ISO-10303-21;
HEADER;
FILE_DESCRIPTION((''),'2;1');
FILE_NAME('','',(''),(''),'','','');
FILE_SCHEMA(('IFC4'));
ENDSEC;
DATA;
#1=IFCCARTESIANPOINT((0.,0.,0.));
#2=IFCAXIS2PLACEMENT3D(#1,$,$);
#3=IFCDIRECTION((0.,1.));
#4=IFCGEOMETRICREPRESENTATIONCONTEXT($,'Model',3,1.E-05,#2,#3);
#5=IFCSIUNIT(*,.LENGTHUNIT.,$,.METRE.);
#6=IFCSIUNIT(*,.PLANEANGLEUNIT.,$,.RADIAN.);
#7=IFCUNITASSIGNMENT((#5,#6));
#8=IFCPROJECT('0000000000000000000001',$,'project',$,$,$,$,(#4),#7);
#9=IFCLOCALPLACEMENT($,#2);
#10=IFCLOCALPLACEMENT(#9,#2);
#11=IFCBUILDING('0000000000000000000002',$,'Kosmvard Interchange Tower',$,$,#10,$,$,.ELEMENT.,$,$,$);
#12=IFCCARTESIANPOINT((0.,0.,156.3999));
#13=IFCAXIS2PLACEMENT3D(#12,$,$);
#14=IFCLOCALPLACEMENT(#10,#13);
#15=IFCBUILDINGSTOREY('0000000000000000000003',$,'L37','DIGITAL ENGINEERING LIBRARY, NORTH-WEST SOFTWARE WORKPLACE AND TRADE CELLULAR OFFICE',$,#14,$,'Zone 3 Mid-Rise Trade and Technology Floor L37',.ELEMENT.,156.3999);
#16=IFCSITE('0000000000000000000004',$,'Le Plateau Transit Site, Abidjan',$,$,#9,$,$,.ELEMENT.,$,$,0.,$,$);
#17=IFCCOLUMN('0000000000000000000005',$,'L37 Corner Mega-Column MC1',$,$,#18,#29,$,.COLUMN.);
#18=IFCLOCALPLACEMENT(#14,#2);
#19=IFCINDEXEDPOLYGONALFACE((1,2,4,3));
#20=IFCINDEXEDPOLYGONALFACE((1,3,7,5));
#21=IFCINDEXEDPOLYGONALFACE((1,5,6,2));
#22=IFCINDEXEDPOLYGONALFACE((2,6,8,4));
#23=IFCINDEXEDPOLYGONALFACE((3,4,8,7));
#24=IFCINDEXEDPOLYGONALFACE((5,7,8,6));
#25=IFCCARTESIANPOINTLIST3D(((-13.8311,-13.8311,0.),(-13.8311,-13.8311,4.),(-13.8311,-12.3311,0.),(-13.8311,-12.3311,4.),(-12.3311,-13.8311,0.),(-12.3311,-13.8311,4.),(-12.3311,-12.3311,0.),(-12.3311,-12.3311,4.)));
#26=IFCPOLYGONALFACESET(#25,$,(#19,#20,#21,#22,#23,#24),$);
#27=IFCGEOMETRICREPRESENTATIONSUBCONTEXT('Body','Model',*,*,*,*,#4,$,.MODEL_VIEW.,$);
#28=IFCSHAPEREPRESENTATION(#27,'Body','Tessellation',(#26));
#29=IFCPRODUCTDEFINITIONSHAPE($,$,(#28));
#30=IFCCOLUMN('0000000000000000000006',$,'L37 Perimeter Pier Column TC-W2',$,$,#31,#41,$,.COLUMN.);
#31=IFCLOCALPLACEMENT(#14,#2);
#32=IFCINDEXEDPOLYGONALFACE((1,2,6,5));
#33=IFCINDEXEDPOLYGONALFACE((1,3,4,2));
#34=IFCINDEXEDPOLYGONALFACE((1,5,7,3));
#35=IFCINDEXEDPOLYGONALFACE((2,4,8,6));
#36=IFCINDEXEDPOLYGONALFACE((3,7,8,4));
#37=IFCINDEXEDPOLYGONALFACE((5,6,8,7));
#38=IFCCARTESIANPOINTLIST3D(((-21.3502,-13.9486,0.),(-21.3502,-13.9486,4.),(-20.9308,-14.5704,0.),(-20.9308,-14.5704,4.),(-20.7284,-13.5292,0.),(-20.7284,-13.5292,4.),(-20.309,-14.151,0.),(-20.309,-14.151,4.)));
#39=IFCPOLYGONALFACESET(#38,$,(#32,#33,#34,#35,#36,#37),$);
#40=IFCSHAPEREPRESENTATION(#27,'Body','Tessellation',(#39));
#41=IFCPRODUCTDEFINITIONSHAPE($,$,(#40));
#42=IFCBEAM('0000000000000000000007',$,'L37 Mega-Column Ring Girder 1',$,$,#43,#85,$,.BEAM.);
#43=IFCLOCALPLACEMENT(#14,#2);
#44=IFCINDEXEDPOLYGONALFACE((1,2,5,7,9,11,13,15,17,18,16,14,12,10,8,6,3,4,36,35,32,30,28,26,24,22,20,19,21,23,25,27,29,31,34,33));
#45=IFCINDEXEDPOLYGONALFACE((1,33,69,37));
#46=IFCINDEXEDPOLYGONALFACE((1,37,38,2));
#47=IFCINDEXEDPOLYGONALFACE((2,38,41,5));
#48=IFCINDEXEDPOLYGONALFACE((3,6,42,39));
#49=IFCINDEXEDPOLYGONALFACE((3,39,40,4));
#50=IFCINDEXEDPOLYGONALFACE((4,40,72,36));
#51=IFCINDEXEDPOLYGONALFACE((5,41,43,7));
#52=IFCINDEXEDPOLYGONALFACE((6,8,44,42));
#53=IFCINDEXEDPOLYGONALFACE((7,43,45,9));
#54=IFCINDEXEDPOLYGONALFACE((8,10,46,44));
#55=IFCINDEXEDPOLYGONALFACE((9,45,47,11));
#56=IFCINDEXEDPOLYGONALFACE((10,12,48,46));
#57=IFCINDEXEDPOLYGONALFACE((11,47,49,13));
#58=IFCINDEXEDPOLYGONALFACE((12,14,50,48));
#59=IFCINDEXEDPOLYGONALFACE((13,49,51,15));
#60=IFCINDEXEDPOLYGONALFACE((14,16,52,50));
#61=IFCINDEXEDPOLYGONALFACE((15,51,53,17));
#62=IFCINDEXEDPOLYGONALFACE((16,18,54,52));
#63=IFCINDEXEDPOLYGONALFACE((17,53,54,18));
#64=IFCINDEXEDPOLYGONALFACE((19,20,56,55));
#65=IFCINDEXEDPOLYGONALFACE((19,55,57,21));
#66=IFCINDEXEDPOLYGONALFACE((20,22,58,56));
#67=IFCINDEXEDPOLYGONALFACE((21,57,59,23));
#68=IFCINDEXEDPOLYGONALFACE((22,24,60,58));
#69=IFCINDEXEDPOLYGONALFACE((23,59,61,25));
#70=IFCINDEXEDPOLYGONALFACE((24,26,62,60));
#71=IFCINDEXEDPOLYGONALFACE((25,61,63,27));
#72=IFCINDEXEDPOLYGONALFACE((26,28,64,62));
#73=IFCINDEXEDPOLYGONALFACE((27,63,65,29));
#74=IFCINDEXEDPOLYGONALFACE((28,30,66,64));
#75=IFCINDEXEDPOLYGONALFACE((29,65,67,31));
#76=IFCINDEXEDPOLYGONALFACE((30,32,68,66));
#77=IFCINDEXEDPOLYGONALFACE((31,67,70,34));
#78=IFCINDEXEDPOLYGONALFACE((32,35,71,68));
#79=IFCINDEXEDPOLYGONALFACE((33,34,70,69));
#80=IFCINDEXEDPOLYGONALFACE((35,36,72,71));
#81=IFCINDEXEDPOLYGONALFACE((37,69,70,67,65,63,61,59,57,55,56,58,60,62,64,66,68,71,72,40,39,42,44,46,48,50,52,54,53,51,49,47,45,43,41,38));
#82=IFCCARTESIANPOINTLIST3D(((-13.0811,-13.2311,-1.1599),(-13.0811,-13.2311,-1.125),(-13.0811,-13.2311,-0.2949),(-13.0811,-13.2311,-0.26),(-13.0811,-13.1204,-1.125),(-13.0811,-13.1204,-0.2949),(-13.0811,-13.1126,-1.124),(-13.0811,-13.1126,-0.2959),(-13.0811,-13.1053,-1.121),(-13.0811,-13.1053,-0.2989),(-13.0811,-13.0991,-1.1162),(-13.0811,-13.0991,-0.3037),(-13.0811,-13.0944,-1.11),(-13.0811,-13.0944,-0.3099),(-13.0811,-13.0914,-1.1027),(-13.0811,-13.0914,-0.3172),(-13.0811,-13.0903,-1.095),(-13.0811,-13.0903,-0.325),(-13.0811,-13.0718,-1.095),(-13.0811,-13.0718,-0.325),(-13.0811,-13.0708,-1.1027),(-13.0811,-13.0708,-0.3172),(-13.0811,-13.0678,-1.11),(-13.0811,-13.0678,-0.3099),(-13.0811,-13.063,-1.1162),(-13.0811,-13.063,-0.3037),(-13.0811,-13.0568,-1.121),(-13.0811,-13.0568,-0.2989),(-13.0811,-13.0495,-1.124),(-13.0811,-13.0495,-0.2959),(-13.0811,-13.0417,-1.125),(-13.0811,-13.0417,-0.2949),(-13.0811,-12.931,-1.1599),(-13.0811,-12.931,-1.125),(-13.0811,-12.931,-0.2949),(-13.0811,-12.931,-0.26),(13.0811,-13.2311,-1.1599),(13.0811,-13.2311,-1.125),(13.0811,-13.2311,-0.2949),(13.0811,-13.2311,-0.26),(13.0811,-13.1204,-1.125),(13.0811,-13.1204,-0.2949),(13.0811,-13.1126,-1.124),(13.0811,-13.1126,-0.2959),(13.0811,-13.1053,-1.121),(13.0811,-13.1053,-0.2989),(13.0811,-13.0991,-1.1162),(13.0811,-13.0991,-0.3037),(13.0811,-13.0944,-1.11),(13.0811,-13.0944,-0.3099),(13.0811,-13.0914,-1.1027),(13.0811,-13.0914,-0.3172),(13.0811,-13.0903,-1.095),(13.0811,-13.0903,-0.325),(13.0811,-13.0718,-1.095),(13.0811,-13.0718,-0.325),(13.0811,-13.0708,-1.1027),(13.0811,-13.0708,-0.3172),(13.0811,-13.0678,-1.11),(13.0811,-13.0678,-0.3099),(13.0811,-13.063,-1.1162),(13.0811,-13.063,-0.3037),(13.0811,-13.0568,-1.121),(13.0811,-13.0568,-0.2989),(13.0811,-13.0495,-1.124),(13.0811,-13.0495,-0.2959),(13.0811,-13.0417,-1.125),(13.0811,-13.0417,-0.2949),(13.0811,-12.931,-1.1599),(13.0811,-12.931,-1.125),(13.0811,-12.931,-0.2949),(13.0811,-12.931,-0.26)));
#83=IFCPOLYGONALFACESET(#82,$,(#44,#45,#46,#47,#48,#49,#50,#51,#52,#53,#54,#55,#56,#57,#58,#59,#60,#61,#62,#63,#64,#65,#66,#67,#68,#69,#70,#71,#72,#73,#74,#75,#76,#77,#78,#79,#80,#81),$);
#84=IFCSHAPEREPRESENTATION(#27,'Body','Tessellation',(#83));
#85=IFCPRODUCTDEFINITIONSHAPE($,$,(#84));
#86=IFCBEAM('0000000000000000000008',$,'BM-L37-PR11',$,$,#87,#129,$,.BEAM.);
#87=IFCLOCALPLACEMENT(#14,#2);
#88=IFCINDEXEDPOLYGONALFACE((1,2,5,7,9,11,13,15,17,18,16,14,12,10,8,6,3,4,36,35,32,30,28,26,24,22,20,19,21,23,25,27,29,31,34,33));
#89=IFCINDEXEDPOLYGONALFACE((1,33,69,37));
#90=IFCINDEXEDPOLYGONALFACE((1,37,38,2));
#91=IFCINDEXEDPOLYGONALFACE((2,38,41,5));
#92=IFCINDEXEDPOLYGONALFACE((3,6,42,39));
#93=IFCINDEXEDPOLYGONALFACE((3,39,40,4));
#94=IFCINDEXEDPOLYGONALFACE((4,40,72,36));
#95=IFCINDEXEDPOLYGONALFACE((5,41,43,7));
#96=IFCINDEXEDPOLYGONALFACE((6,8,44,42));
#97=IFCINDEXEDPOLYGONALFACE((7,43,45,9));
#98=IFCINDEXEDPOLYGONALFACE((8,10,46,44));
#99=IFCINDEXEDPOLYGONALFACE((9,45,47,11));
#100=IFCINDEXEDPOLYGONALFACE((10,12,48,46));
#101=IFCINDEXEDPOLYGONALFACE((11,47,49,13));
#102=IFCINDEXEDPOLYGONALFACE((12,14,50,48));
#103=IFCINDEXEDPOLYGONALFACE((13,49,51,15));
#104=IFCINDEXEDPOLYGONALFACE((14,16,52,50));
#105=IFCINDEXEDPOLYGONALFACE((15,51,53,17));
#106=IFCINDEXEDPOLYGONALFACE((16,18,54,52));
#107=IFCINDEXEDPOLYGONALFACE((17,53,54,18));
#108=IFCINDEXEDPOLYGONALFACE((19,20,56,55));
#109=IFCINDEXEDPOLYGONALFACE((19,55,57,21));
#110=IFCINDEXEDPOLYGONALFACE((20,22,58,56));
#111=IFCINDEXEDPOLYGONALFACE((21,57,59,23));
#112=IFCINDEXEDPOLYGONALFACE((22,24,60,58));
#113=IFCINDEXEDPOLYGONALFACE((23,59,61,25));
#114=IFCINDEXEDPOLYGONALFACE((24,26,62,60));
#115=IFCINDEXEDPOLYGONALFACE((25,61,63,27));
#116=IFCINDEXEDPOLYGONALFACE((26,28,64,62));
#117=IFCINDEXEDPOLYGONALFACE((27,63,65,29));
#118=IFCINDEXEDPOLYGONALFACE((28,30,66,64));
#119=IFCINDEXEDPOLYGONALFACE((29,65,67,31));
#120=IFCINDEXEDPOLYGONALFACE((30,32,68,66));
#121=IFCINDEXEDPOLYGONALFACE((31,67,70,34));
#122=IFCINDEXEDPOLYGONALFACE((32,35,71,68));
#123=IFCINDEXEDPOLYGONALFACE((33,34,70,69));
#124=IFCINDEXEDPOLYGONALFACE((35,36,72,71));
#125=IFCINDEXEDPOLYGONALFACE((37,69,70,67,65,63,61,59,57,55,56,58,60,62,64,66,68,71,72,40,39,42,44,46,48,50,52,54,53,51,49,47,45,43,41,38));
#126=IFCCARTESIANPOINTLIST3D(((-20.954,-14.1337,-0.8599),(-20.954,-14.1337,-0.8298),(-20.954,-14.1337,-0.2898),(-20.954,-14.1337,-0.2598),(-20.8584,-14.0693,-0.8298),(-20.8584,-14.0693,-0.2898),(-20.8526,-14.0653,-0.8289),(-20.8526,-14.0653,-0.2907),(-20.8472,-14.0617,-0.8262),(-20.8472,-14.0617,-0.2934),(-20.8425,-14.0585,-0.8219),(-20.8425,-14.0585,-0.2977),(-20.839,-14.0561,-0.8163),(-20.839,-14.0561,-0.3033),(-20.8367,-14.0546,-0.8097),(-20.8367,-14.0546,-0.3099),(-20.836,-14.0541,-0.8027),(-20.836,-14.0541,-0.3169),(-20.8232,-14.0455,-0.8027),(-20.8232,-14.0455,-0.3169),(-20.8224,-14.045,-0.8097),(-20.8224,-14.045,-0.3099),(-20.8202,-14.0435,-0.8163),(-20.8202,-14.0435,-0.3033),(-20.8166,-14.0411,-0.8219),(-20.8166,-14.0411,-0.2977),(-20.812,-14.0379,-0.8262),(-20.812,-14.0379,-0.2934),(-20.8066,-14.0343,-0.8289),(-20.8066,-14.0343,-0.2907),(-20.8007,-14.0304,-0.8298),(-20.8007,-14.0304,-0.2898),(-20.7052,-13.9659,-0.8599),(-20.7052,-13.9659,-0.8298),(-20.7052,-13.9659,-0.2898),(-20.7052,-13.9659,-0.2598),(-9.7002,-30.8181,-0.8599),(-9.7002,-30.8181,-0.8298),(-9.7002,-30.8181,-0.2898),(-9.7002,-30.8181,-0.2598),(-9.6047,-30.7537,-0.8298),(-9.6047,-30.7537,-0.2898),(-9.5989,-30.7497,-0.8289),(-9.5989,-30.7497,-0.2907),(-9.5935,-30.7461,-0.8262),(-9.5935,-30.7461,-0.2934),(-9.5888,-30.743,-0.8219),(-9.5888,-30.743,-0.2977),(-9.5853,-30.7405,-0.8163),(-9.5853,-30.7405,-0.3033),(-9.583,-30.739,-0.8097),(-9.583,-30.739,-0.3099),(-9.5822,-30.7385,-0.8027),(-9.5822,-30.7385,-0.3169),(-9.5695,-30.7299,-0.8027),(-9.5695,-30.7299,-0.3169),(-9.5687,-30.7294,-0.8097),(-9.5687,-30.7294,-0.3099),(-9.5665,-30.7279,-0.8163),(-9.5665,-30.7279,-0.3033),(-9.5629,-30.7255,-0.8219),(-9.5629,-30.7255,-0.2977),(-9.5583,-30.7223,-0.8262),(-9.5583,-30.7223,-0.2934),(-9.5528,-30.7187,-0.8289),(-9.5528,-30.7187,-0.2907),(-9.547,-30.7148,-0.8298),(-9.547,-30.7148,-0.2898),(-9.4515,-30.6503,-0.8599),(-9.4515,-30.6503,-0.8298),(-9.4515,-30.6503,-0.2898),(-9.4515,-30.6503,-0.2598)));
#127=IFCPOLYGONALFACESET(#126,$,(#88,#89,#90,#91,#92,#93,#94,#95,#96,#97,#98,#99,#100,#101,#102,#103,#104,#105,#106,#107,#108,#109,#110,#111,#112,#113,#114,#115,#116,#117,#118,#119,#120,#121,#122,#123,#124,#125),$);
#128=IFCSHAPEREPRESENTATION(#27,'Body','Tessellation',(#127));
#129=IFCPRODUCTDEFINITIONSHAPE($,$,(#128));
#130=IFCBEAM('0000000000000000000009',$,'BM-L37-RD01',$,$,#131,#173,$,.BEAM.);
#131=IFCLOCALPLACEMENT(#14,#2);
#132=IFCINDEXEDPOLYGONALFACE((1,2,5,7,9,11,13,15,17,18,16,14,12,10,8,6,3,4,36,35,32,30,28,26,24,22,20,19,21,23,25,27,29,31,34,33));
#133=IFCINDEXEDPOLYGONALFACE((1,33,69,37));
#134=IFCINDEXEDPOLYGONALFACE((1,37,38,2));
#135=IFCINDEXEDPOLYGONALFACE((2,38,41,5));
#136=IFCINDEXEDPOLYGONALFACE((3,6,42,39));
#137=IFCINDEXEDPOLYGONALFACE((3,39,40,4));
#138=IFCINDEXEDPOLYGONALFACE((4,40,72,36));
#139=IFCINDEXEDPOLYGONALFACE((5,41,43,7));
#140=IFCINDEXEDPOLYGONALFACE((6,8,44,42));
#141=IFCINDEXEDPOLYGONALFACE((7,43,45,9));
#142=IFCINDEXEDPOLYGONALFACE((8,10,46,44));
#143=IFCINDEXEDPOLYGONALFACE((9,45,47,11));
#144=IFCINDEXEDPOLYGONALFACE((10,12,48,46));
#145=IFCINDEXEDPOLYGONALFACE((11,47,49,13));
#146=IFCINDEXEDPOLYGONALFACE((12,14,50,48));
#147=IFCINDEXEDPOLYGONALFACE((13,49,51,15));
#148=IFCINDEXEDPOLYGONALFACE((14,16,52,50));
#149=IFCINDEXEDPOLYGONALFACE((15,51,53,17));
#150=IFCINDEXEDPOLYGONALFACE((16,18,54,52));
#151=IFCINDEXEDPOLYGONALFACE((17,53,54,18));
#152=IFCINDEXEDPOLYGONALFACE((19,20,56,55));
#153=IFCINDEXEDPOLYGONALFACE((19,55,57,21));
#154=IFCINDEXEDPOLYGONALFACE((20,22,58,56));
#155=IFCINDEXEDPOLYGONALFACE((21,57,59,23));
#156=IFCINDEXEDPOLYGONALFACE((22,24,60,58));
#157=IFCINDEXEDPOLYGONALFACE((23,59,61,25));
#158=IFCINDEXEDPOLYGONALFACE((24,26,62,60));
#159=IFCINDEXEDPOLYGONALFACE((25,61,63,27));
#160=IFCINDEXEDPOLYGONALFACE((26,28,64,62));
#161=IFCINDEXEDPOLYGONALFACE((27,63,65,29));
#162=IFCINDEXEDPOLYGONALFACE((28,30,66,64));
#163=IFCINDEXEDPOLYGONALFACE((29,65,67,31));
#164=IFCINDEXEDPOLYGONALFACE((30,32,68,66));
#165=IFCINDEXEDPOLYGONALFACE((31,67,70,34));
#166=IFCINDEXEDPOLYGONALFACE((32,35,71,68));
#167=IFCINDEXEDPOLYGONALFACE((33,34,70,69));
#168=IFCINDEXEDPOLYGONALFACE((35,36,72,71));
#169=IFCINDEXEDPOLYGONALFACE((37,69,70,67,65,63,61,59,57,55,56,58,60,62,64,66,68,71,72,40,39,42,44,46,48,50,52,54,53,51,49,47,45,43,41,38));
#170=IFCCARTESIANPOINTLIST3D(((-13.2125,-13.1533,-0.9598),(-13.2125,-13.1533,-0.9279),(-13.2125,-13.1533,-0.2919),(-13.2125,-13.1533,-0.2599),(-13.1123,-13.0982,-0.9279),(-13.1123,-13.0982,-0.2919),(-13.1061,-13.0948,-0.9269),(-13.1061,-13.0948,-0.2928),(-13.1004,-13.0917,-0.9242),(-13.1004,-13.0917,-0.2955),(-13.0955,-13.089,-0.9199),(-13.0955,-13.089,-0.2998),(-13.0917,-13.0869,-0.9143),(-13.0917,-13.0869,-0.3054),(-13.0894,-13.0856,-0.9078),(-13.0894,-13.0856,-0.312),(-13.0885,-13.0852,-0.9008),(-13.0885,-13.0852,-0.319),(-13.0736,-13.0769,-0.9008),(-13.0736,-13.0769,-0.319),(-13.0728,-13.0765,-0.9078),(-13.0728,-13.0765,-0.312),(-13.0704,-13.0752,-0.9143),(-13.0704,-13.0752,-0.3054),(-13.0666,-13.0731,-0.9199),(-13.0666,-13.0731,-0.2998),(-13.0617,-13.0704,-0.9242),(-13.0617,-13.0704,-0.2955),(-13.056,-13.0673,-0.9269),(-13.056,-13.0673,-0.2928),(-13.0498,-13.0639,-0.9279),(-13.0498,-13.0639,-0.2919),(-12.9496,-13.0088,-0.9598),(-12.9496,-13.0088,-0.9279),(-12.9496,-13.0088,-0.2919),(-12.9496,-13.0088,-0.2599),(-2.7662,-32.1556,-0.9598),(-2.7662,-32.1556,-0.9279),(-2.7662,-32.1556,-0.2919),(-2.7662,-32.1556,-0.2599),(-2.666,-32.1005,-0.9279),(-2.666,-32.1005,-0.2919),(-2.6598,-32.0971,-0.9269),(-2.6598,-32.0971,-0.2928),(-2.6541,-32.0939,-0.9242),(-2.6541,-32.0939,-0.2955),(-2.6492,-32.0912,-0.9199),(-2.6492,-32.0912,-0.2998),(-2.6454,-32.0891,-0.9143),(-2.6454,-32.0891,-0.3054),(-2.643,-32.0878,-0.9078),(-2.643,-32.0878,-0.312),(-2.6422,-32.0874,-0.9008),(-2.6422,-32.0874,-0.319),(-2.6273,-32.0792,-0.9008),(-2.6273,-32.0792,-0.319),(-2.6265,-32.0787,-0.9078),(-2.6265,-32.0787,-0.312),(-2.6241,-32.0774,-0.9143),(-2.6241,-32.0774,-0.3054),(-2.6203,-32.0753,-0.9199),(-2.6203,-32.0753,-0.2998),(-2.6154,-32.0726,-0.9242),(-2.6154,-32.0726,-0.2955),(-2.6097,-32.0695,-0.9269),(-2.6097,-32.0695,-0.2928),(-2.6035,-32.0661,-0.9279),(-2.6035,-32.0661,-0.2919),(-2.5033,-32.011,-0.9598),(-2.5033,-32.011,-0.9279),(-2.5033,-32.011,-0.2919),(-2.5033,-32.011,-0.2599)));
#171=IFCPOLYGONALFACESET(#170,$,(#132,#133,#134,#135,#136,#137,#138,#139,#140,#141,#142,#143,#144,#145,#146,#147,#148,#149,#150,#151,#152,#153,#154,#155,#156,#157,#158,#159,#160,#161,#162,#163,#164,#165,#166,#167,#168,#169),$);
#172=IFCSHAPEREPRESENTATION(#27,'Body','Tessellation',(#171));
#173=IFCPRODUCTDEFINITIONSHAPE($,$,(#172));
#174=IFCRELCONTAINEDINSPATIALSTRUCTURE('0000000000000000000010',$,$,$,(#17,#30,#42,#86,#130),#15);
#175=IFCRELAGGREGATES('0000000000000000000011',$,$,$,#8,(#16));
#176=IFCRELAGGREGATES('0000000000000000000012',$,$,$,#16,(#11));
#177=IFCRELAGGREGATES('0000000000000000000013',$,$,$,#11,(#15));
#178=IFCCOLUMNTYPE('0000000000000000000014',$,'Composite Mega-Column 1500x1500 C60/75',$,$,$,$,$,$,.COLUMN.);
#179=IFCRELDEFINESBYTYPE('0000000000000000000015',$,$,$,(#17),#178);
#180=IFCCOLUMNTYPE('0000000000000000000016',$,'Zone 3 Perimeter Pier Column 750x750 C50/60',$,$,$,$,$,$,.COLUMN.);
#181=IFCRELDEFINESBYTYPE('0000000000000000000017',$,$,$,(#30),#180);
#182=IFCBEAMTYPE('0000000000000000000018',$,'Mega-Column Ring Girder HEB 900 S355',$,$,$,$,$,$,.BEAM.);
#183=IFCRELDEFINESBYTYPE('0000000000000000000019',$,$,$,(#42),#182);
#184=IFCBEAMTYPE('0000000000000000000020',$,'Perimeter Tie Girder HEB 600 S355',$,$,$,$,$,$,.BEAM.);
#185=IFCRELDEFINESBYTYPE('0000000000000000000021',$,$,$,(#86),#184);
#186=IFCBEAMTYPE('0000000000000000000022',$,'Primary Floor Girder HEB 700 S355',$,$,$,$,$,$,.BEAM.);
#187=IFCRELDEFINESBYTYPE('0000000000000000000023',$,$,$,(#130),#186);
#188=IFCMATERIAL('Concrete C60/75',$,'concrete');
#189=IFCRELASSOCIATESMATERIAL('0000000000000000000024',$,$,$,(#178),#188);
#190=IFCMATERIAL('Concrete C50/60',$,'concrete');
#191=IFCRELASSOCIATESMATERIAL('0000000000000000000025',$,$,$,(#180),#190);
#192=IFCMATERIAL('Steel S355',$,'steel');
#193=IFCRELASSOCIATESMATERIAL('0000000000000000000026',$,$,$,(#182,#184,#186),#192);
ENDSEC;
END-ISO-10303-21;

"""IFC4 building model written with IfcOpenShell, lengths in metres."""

from ifc_helpers import new_model, si_unit, direction, frame, origin, origin_2d, place, context, subcontext, project, spatial, rectangle, i_section, extrude, source, transform, mapped, material, material_profile, profile_set, type_object, element, save


model = new_model("IFC4")

# Units and contexts
model_context = context("Model", 3, precision=1e-05, world=origin(), true_north=direction((0.0, 1.0)))
body_context = subcontext(model_context, "Body", "Model", "MODEL_VIEW")
ifc_project = project(units=[si_unit("LENGTHUNIT", "METRE"), si_unit("PLANEANGLEUNIT", "RADIAN")], contexts=[model_context])

# Site, building, storey
site_placement = place(None, origin())
site = spatial("IfcSite", under=ifc_project, at=site_placement, Name="Le Plateau Transit Site, Abidjan", CompositionType="ELEMENT", RefElevation=0.0)
building_placement = place(site_placement, origin())
building = spatial("IfcBuilding", under=site, at=building_placement, Name="Kosmvard Interchange Tower", CompositionType="ELEMENT")
storey_placement = place(building_placement, frame((0.0, 0.0, 156.3999)))
storey = spatial("IfcBuildingStorey", under=building, at=storey_placement, Name="L37", Description="DIGITAL ENGINEERING LIBRARY, NORTH-WEST SOFTWARE WORKPLACE AND TRADE CELLULAR OFFICE", LongName="Zone 3 Mid-Rise Trade and Technology Floor L37", CompositionType="ELEMENT", Elevation=156.3999)

# Columns
ifc_material_1 = material(Name="Concrete C60/75", Category="concrete")
ifc_material_profile_1 = material_profile(ifc_material_1, rectangle(XDim=1.5, YDim=1.5, at=origin_2d()), Name="MC 1500x1500")
ifc_profile_set_1 = profile_set([ifc_material_profile_1], Name="Concrete C60/75")
column_type_1 = type_object("IfcColumnType", Name="Composite Mega-Column 1500x1500 C60/75", PredefinedType="COLUMN", material=ifc_profile_set_1)
shared_shape_1 = source(origin(), body_context, "Body", "SweptSolid", [
    extrude(rectangle(XDim=1.5, YDim=1.5, at=origin_2d()), origin(), (0.0, 0.0, 1.0), 4.0),
])
column_1_placement = place(storey_placement, frame((-13.0811, -13.0811, 0.0), z_axis=(0.0, 0.0, 1.0), x_axis=(1.0, 0.0, 0.0)))
element("IfcColumn", 1, at=column_1_placement, inside=storey, type_object=column_type_1, Name="L37 Corner Mega-Column MC1", PredefinedType="COLUMN", context=body_context, shape_type="MappedRepresentation", body=[
    mapped(shared_shape_1, transform((0.0, 0.0, 0.0), scale=1.0)),
])
ifc_material_2 = material(Name="Concrete C50/60", Category="concrete")
ifc_material_profile_2 = material_profile(ifc_material_2, rectangle(XDim=0.75, YDim=0.75, at=origin_2d()), Name="TC 750x750")
ifc_profile_set_2 = profile_set([ifc_material_profile_2], Name="Concrete C50/60")
column_type_2 = type_object("IfcColumnType", Name="Zone 3 Perimeter Pier Column 750x750 C50/60", PredefinedType="COLUMN", material=ifc_profile_set_2)
shared_shape_2 = source(origin(), body_context, "Body", "SweptSolid", [
    extrude(rectangle(XDim=0.75, YDim=0.75, at=origin_2d()), origin(), (0.0, 0.0, 1.0), 4.0),
])
column_2_placement = place(storey_placement, frame((-20.8296, -14.0498, 0.0), z_axis=(0.0, 0.0, 1.0), x_axis=(0.829038, 0.559193, 0.0)))
element("IfcColumn", 2, at=column_2_placement, inside=storey, type_object=column_type_2, Name="L37 Perimeter Pier Column TC-W2", PredefinedType="COLUMN", context=body_context, shape_type="MappedRepresentation", body=[
    mapped(shared_shape_2, transform((0.0, 0.0, 0.0), scale=1.0)),
])

# Beams
ifc_material_3 = material(Name="Steel S355", Category="steel")
ifc_material_profile_3 = material_profile(ifc_material_3, i_section(OverallWidth=0.3, OverallDepth=0.8999, WebThickness=0.0186, FlangeThickness=0.0349, FilletRadius=0.03, at=origin_2d()), Name="HEB 900")
ifc_profile_set_3 = profile_set([ifc_material_profile_3], Name="Steel S355")
beam_type_1 = type_object("IfcBeamType", Name="Mega-Column Ring Girder HEB 900 S355", PredefinedType="BEAM", material=ifc_profile_set_3)
shared_shape_3 = source(origin(), body_context, "Body", "SweptSolid", [
    extrude(i_section(OverallWidth=0.3, OverallDepth=0.8999, WebThickness=0.0186, FlangeThickness=0.0349, FilletRadius=0.03, at=origin_2d()), origin(), (0.0, 0.0, 1.0), 26.1621),
])
beam_1_placement = place(storey_placement, frame((-13.0811, -13.0811, -0.71), z_axis=(1.0, 0.0, 0.0), x_axis=(0.0, 1.0, 0.0)))
element("IfcBeam", 3, at=beam_1_placement, inside=storey, type_object=beam_type_1, Name="L37 Mega-Column Ring Girder 1", PredefinedType="BEAM", context=body_context, shape_type="MappedRepresentation", body=[
    mapped(shared_shape_3, transform((0.0, 0.0, 0.0), scale=1.0)),
])
ifc_material_profile_4 = material_profile(ifc_material_3, i_section(OverallWidth=0.3, OverallDepth=0.6001, WebThickness=0.0154, FlangeThickness=0.03, FilletRadius=0.0271, at=origin_2d()), Name="HEB 600")
ifc_profile_set_4 = profile_set([ifc_material_profile_4], Name="Steel S355")
beam_type_2 = type_object("IfcBeamType", Name="Perimeter Tie Girder HEB 600 S355", PredefinedType="BEAM", material=ifc_profile_set_4)
shared_shape_4 = source(origin(), body_context, "Body", "SweptSolid", [
    extrude(i_section(OverallWidth=0.3, OverallDepth=0.6001, WebThickness=0.0154, FlangeThickness=0.03, FilletRadius=0.0271, at=origin_2d()), origin(), (0.0, 0.0, 1.0), 20.125),
])
beam_2_placement = place(storey_placement, frame((-20.8296, -14.0498, -0.5598), z_axis=(0.559191, -0.829039, 0.0), x_axis=(0.829039, 0.559191, 0.0)))
element("IfcBeam", 4, at=beam_2_placement, inside=storey, type_object=beam_type_2, Name="BM-L37-PR11", PredefinedType="BEAM", context=body_context, shape_type="MappedRepresentation", body=[
    mapped(shared_shape_4, transform((0.0, 0.0, 0.0), scale=1.0)),
])
ifc_material_profile_5 = material_profile(ifc_material_3, i_section(OverallWidth=0.3, OverallDepth=0.7, WebThickness=0.0171, FlangeThickness=0.032, FilletRadius=0.0271, at=origin_2d()), Name="HEB 700")
ifc_profile_set_5 = profile_set([ifc_material_profile_5], Name="Steel S355")
beam_type_3 = type_object("IfcBeamType", Name="Primary Floor Girder HEB 700 S355", PredefinedType="BEAM", material=ifc_profile_set_5)
shared_shape_5 = source(origin(), body_context, "Body", "SweptSolid", [
    extrude(i_section(OverallWidth=0.3, OverallDepth=0.7, WebThickness=0.0171, FlangeThickness=0.032, FilletRadius=0.0271, at=origin_2d()), origin(), (0.0, 0.0, 1.0), 21.6843),
])
beam_3_placement = place(storey_placement, frame((-13.0811, -13.0811, -0.6099), z_axis=(0.481745, -0.876312, 0.0), x_axis=(0.876312, 0.481745, 0.0)))
element("IfcBeam", 5, at=beam_3_placement, inside=storey, type_object=beam_type_3, Name="BM-L37-RD01", PredefinedType="BEAM", context=body_context, shape_type="MappedRepresentation", body=[
    mapped(shared_shape_5, transform((0.0, 0.0, 0.0), scale=1.0)),
])

save(model, "model.ifc")
